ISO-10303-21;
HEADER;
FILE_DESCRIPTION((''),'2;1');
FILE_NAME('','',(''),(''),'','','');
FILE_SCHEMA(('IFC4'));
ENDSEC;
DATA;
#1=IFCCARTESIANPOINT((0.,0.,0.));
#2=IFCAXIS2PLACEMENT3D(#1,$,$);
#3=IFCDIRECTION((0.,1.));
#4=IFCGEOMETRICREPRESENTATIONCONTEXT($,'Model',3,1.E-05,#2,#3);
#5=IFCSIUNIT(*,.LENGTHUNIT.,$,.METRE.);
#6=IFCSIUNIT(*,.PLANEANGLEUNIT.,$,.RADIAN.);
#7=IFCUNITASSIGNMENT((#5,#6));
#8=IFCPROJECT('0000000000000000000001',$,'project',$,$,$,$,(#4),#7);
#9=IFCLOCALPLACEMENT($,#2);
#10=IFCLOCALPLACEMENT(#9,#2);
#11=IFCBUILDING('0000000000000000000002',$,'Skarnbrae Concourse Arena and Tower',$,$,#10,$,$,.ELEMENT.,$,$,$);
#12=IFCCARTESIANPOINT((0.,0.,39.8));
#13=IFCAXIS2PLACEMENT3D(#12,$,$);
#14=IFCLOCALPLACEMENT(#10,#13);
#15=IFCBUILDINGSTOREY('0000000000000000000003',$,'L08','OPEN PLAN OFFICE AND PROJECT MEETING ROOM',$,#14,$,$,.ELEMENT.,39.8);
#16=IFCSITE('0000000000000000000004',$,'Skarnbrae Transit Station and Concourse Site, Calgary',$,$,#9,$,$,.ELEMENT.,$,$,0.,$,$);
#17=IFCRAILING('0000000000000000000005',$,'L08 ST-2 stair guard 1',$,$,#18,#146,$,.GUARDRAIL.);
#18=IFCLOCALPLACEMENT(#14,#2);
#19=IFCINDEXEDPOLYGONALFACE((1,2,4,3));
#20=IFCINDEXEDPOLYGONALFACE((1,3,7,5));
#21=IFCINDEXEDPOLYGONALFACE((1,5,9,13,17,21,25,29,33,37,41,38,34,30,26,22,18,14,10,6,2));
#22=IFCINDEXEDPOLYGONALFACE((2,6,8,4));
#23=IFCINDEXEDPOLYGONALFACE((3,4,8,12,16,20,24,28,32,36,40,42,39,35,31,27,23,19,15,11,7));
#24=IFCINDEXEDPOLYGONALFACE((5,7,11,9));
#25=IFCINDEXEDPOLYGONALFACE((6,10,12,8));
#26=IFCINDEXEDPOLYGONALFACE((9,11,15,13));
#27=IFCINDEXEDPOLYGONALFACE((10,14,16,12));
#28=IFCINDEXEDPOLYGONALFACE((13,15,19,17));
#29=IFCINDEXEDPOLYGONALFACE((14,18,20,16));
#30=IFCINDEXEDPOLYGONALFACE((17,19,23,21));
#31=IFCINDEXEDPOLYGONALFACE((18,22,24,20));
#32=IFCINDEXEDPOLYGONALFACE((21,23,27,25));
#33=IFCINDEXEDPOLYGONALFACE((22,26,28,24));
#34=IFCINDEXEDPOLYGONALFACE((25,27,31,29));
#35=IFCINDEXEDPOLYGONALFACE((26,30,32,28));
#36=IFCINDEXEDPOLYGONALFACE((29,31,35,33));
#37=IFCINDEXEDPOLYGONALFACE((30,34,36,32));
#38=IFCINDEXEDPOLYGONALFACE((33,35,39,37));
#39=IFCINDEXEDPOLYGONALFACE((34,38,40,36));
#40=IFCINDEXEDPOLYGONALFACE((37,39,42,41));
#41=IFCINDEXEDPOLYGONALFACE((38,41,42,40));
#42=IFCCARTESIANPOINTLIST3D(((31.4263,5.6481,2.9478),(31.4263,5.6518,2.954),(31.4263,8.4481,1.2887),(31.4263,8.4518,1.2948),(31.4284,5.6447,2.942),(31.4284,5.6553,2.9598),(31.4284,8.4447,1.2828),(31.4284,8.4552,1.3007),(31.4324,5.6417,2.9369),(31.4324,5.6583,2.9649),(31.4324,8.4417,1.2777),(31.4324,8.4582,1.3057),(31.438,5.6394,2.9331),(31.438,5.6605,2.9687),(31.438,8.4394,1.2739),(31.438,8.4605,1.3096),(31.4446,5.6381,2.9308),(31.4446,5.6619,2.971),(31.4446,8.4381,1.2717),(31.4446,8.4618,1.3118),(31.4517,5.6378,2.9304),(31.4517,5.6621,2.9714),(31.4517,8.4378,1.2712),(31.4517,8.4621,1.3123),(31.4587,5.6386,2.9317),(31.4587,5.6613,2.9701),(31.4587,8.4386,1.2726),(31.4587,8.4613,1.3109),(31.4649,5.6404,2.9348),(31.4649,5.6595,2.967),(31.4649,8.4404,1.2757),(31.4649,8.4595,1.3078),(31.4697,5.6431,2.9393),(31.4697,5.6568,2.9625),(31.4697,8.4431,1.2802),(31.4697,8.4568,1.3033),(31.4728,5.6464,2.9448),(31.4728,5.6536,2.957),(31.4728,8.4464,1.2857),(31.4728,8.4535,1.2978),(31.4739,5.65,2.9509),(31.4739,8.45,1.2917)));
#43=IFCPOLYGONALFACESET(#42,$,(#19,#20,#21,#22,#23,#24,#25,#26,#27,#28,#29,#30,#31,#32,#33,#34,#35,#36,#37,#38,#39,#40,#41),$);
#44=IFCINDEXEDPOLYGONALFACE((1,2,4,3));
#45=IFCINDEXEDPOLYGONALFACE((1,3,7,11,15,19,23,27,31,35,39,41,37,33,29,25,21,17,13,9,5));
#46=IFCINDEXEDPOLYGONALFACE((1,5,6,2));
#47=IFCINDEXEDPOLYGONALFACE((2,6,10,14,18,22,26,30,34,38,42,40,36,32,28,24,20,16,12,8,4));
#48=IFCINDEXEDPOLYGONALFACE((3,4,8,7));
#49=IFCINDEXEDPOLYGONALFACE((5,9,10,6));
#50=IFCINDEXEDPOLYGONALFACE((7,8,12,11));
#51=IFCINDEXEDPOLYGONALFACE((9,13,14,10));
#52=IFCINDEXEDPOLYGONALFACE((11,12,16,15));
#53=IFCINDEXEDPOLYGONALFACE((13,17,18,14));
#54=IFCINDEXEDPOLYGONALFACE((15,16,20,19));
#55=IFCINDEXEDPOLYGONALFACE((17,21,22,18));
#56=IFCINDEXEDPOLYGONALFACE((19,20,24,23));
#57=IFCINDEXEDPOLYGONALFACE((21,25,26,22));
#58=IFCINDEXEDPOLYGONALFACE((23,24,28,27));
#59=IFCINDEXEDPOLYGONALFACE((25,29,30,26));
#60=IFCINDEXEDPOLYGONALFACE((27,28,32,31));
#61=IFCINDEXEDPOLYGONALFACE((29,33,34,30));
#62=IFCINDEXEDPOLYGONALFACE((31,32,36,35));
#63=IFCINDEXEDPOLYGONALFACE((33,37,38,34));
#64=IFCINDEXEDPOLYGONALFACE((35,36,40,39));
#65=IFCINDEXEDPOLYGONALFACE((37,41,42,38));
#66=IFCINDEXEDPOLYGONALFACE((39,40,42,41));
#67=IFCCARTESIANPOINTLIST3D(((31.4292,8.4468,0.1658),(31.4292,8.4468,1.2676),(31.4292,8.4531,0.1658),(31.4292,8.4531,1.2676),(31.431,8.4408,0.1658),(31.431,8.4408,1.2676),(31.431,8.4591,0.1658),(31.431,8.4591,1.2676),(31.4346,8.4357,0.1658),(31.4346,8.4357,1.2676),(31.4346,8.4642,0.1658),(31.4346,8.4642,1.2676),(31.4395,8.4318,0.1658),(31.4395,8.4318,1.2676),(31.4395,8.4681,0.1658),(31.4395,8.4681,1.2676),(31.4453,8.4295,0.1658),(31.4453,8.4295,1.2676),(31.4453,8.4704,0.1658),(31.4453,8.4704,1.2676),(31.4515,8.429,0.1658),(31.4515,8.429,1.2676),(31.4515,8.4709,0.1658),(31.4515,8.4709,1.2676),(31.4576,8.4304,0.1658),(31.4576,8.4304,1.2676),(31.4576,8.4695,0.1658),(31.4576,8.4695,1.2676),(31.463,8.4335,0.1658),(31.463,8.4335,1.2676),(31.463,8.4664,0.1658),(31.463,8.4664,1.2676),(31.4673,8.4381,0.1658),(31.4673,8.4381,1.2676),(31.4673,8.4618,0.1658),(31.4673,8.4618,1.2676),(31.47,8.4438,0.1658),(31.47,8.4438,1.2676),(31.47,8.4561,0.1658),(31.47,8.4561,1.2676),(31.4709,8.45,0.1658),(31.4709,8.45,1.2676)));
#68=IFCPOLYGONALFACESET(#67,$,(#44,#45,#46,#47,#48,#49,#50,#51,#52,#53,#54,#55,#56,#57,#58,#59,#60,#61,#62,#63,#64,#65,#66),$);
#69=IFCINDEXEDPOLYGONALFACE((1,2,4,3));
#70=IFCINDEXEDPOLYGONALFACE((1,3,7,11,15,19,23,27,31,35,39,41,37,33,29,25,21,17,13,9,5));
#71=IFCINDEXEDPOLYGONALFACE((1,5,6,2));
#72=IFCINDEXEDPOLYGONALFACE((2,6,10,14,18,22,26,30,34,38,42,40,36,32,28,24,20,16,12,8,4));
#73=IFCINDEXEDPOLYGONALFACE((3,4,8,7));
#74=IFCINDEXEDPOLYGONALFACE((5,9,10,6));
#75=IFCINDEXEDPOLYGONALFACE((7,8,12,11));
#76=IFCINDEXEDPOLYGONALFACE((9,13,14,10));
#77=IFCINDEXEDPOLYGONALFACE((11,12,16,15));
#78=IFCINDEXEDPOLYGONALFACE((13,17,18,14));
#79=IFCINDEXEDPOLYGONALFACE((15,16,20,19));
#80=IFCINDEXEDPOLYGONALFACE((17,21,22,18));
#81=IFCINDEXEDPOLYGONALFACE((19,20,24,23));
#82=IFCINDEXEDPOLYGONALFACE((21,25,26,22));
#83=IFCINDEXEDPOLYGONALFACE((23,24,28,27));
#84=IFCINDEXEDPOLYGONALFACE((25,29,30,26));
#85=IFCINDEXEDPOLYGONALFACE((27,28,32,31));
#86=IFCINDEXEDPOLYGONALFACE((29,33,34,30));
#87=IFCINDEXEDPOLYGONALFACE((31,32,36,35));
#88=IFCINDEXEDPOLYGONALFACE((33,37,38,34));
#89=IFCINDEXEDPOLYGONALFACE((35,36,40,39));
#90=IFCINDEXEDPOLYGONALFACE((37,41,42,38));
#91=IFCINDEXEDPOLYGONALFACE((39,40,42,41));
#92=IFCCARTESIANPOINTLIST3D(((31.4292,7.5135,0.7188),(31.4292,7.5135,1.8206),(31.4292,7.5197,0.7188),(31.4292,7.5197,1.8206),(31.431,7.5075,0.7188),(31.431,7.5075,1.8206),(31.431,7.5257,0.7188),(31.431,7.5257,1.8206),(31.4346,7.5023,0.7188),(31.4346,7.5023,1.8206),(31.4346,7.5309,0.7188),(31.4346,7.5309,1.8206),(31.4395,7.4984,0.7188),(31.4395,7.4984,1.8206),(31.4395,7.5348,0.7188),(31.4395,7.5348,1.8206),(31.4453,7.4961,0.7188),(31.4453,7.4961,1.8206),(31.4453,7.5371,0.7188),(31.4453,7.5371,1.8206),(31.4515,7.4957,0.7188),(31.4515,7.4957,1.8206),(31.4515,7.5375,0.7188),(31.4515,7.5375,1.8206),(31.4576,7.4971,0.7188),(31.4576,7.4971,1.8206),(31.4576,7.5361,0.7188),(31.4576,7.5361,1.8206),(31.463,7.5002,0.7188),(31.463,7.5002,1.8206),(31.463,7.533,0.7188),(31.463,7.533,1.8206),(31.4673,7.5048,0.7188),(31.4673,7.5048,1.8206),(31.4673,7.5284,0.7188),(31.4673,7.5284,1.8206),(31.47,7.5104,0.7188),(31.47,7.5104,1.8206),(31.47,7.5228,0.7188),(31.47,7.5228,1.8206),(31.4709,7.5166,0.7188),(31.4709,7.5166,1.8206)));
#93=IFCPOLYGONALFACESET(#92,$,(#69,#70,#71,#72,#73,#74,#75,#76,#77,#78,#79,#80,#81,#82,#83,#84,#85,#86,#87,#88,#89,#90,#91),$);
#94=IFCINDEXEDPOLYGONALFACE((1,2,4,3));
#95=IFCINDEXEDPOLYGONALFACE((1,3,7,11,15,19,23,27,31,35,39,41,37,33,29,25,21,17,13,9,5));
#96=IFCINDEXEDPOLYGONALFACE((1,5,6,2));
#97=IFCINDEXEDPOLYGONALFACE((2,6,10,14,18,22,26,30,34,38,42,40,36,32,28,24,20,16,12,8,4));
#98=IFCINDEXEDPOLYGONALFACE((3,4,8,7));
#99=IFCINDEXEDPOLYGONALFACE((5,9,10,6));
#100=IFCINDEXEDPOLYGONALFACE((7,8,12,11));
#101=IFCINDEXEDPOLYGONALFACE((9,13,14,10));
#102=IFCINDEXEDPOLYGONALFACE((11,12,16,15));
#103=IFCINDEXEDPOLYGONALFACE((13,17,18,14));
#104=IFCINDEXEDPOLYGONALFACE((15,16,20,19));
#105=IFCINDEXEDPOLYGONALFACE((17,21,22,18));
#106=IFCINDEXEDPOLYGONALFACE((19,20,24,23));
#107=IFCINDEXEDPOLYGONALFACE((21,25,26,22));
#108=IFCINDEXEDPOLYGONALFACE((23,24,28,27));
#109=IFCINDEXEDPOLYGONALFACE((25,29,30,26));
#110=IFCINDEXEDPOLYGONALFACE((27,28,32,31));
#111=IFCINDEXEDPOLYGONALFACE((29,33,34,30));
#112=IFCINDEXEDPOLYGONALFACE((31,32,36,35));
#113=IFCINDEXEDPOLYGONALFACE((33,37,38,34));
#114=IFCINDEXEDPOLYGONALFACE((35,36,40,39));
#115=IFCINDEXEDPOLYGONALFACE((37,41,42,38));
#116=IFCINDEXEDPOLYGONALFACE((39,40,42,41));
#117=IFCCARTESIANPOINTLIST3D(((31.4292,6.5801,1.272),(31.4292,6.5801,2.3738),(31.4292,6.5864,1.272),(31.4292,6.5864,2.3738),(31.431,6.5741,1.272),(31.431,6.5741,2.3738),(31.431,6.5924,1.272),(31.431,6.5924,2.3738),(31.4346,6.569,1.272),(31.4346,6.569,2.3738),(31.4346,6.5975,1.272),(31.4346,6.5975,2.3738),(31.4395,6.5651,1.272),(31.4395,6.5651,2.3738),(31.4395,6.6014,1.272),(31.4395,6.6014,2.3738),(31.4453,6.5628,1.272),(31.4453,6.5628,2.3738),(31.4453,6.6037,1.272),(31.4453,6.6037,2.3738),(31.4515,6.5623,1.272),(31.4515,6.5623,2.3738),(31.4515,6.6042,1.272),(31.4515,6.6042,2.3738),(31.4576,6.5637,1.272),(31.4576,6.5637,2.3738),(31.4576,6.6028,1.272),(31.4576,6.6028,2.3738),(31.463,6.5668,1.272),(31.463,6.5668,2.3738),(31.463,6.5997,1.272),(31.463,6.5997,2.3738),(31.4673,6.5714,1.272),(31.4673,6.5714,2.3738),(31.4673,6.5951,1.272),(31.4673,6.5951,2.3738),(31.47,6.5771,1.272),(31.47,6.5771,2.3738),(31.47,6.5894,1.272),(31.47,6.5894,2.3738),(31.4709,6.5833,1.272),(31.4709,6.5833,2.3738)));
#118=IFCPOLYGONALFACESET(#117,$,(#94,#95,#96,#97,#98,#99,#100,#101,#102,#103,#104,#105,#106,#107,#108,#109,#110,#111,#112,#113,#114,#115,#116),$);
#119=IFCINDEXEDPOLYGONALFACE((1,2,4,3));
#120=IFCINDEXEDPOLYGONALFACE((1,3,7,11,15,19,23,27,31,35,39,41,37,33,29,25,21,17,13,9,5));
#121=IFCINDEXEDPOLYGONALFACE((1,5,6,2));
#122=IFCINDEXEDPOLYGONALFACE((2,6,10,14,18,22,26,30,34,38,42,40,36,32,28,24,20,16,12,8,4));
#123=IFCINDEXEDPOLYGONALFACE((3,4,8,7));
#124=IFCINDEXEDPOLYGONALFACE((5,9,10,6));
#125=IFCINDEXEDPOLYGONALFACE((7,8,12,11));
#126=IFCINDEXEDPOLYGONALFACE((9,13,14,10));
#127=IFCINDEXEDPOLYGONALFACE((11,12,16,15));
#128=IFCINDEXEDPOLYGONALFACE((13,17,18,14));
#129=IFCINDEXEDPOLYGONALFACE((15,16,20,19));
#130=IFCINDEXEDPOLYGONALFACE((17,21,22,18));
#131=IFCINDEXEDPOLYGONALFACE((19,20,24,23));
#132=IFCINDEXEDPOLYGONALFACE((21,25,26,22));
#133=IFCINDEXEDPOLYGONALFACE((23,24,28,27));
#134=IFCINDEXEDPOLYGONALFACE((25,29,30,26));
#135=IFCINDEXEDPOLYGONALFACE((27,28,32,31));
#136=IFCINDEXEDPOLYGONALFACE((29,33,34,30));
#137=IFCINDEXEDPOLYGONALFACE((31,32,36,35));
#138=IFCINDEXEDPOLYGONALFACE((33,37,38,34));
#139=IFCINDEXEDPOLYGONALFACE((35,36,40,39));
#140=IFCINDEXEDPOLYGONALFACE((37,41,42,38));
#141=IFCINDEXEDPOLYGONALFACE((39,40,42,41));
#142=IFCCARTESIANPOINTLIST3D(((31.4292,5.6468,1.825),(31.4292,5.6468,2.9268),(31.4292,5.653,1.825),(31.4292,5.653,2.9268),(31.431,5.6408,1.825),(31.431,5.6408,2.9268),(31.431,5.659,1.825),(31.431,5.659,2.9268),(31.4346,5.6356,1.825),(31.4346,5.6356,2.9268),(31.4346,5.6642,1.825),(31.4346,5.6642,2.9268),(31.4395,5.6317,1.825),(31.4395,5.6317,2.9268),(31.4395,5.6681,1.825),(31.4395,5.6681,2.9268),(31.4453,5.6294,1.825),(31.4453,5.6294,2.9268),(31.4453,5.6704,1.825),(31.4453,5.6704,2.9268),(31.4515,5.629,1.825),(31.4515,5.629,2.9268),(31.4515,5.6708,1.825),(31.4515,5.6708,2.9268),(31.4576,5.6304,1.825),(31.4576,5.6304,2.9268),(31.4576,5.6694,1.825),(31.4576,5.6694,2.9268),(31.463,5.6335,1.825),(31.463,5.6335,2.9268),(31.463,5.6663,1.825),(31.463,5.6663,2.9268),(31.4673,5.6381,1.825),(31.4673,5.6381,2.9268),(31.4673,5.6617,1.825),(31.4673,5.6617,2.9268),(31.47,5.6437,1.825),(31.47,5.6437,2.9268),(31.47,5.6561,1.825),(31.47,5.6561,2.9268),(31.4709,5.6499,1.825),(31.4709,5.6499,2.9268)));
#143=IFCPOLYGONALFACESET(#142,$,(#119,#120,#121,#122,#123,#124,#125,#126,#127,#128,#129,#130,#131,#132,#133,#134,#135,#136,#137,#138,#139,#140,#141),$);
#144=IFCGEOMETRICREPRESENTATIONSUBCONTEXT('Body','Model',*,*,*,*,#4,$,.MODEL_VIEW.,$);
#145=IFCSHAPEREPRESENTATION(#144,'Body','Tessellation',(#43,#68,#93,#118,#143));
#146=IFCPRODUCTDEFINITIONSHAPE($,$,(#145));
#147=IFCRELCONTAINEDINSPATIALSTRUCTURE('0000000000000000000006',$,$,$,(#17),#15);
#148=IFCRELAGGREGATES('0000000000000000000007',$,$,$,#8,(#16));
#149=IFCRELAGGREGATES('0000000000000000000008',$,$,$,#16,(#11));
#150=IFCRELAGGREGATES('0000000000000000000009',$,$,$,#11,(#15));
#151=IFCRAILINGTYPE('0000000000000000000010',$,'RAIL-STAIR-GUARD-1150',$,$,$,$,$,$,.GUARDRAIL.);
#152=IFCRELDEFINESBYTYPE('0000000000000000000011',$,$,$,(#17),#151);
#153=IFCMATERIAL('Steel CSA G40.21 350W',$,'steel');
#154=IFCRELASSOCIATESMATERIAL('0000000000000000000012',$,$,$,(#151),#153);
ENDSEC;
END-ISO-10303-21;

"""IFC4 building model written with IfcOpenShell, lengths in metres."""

from ifc_helpers import new_model, si_unit, direction, frame, origin, origin_2d, place, context, subcontext, project, spatial, circle, extrude, material, type_object, element, save


model = new_model("IFC4")

# Units and contexts
model_context = context("Model", 3, precision=1e-05, world=origin(), true_north=direction((0.0, 1.0)))
body_context = subcontext(model_context, "Body", "Model", "MODEL_VIEW")
ifc_project = project(units=[si_unit("LENGTHUNIT", "METRE"), si_unit("PLANEANGLEUNIT", "RADIAN")], contexts=[model_context])

# Site, building, storey
site_placement = place(None, origin())
site = spatial("IfcSite", under=ifc_project, at=site_placement, Name="Skarnbrae Transit Station and Concourse Site, Calgary", CompositionType="ELEMENT", RefElevation=0.0)
building_placement = place(site_placement, origin())
building = spatial("IfcBuilding", under=site, at=building_placement, Name="Skarnbrae Concourse Arena and Tower", CompositionType="ELEMENT")
storey_placement = place(building_placement, frame((0.0, 0.0, 39.8)))
storey = spatial("IfcBuildingStorey", under=building, at=storey_placement, Name="L08", Description="OPEN PLAN OFFICE AND PROJECT MEETING ROOM", CompositionType="ELEMENT", Elevation=39.8)

# Shared definitions
ifc_material_1 = material(Name="Steel CSA G40.21 350W", Category="steel")

# Railing
railing_type_1 = type_object("IfcRailingType", Name="RAIL-STAIR-GUARD-1150", PredefinedType="GUARDRAIL", material=ifc_material_1)
railing_1_placement = place(storey_placement, frame((31.45, 8.45, 0.1658)))
element("IfcRailing", 1, at=railing_1_placement, inside=storey, type_object=railing_type_1, Name="L08 ST-2 stair guard 1", PredefinedType="GUARDRAIL", context=body_context, shape_type="SweptSolid", body=[
    extrude(circle(Radius=0.0239, at=origin_2d()), frame((0.0, 0.0, 1.126), z_axis=(0.0, -0.860306, 0.509778), x_axis=(1.0, 0.0, 0.0)), (0.0, 0.0, 1.0), 3.2546),
    extrude(circle(Radius=0.021, at=origin_2d()), origin(), (0.0, 0.0, 1.0), 1.1018),
    extrude(circle(Radius=0.021, at=origin_2d()), frame((0.0, -0.9333, 0.553)), (0.0, 0.0, 1.0), 1.1018),
    extrude(circle(Radius=0.021, at=origin_2d()), frame((0.0, -1.8667, 1.1062)), (0.0, 0.0, 1.0), 1.1018),
    extrude(circle(Radius=0.021, at=origin_2d()), frame((0.0, -2.8, 1.6592)), (0.0, 0.0, 1.0), 1.1018),
])

save(model, "model.ifc")
